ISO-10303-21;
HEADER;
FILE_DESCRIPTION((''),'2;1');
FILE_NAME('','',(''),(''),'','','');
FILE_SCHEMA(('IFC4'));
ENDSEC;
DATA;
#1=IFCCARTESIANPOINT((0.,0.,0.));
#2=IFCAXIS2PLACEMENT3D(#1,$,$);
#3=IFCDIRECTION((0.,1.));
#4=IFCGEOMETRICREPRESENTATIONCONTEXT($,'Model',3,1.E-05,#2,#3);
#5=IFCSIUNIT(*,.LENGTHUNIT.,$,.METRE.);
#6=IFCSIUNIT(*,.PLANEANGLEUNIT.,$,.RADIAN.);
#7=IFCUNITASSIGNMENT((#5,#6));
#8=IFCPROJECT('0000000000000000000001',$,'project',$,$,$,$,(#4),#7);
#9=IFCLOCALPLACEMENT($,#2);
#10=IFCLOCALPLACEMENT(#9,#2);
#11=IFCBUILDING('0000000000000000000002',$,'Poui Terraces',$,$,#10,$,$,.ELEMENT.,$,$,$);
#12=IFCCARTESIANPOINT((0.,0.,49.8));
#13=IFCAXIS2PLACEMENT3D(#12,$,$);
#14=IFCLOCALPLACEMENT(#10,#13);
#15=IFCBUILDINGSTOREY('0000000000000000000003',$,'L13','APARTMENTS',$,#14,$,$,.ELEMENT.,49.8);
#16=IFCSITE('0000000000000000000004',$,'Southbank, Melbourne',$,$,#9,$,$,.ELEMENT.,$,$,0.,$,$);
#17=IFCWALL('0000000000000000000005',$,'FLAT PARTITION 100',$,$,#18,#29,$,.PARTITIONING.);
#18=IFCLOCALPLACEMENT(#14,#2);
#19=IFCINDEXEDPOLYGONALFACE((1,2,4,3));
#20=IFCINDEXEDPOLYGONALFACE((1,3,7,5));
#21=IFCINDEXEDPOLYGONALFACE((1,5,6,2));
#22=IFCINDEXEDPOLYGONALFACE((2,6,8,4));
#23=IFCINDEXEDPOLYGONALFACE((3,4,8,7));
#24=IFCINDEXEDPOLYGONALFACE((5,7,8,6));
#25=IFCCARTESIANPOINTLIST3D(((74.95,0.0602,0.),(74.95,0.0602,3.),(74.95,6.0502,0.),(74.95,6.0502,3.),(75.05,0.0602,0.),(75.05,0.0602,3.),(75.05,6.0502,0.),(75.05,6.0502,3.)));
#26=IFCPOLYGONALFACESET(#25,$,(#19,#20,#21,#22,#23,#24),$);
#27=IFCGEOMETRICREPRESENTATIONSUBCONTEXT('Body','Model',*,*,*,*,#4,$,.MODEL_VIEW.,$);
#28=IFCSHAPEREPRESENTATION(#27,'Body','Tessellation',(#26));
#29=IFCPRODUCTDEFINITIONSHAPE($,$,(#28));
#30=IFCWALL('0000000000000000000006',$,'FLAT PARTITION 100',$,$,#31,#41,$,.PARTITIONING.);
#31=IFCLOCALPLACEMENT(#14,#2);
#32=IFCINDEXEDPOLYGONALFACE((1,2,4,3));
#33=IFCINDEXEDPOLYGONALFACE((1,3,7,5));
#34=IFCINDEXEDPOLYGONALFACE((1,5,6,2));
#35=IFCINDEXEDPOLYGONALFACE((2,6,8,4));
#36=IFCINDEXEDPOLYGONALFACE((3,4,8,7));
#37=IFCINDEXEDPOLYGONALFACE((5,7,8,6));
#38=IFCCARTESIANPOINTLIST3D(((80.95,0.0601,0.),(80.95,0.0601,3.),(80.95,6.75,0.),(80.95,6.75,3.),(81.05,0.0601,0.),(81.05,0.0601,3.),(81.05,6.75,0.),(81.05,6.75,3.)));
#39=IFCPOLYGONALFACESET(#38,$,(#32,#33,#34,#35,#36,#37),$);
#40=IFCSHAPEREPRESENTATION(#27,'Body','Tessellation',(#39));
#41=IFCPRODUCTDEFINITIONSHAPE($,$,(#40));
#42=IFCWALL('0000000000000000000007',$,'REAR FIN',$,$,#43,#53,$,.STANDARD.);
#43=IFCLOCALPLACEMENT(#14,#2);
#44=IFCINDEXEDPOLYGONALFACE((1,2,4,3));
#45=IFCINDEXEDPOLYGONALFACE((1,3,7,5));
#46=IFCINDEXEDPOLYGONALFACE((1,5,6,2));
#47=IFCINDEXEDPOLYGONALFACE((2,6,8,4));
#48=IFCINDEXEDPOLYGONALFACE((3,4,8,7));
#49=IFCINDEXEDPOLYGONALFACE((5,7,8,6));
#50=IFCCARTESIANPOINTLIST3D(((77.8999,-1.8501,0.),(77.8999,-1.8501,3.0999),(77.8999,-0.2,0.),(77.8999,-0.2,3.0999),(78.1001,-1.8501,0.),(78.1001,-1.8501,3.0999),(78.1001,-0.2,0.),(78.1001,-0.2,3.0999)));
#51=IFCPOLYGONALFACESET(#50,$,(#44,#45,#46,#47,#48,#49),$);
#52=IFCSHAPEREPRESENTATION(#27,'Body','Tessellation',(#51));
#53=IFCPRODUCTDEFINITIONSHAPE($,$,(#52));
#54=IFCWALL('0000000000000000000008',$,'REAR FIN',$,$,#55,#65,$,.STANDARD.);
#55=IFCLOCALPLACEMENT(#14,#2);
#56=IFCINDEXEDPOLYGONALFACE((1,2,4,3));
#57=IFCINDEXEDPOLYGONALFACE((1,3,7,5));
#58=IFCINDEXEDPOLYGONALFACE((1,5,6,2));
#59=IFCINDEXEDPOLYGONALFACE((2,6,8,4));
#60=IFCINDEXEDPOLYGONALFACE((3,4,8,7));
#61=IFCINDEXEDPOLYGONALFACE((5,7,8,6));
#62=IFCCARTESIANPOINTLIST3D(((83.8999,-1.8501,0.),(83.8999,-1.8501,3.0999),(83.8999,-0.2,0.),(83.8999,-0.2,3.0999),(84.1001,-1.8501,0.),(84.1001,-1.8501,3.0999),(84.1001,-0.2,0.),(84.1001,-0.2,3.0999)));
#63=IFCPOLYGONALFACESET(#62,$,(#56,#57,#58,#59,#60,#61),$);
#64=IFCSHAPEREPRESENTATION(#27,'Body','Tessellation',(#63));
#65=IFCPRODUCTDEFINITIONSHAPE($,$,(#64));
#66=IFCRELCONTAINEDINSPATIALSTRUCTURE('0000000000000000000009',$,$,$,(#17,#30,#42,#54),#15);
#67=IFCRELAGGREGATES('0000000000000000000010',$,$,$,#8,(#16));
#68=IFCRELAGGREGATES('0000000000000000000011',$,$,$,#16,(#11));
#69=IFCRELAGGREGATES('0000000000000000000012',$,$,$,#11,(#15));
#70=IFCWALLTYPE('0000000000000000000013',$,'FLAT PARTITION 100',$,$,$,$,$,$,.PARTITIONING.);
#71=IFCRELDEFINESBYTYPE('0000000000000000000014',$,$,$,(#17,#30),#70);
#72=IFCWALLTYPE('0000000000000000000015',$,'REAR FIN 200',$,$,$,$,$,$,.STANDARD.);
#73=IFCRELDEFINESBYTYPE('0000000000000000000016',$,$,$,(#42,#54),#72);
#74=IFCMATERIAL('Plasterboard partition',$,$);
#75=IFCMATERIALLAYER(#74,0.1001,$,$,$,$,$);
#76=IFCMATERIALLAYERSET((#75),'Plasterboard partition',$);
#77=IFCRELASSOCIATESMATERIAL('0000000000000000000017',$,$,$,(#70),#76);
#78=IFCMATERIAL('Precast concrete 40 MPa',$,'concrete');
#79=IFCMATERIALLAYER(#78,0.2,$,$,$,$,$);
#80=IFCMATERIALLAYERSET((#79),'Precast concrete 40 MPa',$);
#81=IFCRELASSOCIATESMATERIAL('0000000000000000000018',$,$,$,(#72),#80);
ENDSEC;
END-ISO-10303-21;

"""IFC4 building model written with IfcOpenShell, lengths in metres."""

from ifc_helpers import new_model, si_unit, direction, frame, frame_2d, origin, place, context, subcontext, project, spatial, polyline, rectangle, outline, extrude, source, transform, mapped, material, layer, layer_set, type_object, element, save


model = new_model("IFC4")

# Units and contexts
model_context = context("Model", 3, precision=1e-05, world=origin(), true_north=direction((0.0, 1.0)))
body_context = subcontext(model_context, "Body", "Model", "MODEL_VIEW")
ifc_project = project(units=[si_unit("LENGTHUNIT", "METRE"), si_unit("PLANEANGLEUNIT", "RADIAN")], contexts=[model_context])

# Site, building, storey
site_placement = place(None, origin())
site = spatial("IfcSite", under=ifc_project, at=site_placement, Name="Southbank, Melbourne", CompositionType="ELEMENT", RefElevation=0.0)
building_placement = place(site_placement, origin())
building = spatial("IfcBuilding", under=site, at=building_placement, Name="Poui Terraces", CompositionType="ELEMENT")
storey_placement = place(building_placement, frame((0.0, 0.0, 49.8)))
storey = spatial("IfcBuildingStorey", under=building, at=storey_placement, Name="L13", Description="APARTMENTS", CompositionType="ELEMENT", Elevation=49.8)

# Shared definitions
ifc_material_1 = material(Name="Precast concrete 40 MPa", Category="concrete")

# Shared definitions
ifc_material_2 = material(Name="Plasterboard partition")
ifc_layer_1 = layer(ifc_material_2, 0.1001)
ifc_layer_set_1 = layer_set([ifc_layer_1], Name="Plasterboard partition")
wall_type_1 = type_object("IfcWallType", Name="FLAT PARTITION 100", PredefinedType="PARTITIONING", material=ifc_layer_set_1)

# Walls
wall_1_placement = place(storey_placement, frame((75.0, 0.0601, 0.0), z_axis=(0.0, 0.0, 1.0), x_axis=(0.0, 1.0, 0.0)))
element("IfcWall", 1, at=wall_1_placement, inside=storey, type_object=wall_type_1, Name="FLAT PARTITION 100", PredefinedType="PARTITIONING", context=body_context, shape_type="SweptSolid", body=[
    extrude(rectangle(XDim=5.99, YDim=0.1001, at=frame_2d((2.9951, 0.0))), origin(), (0.0, 0.0, 1.0), 3.0),
])
wall_2_placement = place(storey_placement, frame((81.0, 0.0601, 0.0), z_axis=(0.0, 0.0, 1.0), x_axis=(0.0, 1.0, 0.0)))
element("IfcWall", 2, at=wall_2_placement, inside=storey, type_object=wall_type_1, Name="FLAT PARTITION 100", PredefinedType="PARTITIONING", context=body_context, shape_type="SweptSolid", body=[
    extrude(rectangle(XDim=6.6899, YDim=0.1001, at=frame_2d((3.345, 0.0))), origin(), (0.0, 0.0, 1.0), 3.0),
])
ifc_layer_2 = layer(ifc_material_1, 0.2)
ifc_layer_set_2 = layer_set([ifc_layer_2], Name="Precast concrete 40 MPa")
wall_type_2 = type_object("IfcWallType", Name="REAR FIN 200", PredefinedType="STANDARD", material=ifc_layer_set_2)
shared_shape_1 = source(origin(), body_context, "Body", "SweptSolid", [
    extrude(outline(polyline([(0.0, 0.0), (0.2002, 0.0), (0.2002, 1.6501), (0.0, 1.6501), (0.0, 0.0)])), origin(), (0.0, 0.0, 1.0), 3.0999),
])
for number, where, name in (
    (3, (77.8999, -1.8501, 0.0), "REAR FIN"),
    (4, (83.8999, -1.8501, 0.0), "REAR FIN"),
):
    element("IfcWall", number, at=place(storey_placement, frame(where)), inside=storey, type_object=wall_type_2, Name=name, PredefinedType="STANDARD", context=body_context, shape_type="MappedRepresentation", body=[
        mapped(shared_shape_1, transform((0.0, 0.0, 0.0))),
    ])

save(model, "model.ifc")
